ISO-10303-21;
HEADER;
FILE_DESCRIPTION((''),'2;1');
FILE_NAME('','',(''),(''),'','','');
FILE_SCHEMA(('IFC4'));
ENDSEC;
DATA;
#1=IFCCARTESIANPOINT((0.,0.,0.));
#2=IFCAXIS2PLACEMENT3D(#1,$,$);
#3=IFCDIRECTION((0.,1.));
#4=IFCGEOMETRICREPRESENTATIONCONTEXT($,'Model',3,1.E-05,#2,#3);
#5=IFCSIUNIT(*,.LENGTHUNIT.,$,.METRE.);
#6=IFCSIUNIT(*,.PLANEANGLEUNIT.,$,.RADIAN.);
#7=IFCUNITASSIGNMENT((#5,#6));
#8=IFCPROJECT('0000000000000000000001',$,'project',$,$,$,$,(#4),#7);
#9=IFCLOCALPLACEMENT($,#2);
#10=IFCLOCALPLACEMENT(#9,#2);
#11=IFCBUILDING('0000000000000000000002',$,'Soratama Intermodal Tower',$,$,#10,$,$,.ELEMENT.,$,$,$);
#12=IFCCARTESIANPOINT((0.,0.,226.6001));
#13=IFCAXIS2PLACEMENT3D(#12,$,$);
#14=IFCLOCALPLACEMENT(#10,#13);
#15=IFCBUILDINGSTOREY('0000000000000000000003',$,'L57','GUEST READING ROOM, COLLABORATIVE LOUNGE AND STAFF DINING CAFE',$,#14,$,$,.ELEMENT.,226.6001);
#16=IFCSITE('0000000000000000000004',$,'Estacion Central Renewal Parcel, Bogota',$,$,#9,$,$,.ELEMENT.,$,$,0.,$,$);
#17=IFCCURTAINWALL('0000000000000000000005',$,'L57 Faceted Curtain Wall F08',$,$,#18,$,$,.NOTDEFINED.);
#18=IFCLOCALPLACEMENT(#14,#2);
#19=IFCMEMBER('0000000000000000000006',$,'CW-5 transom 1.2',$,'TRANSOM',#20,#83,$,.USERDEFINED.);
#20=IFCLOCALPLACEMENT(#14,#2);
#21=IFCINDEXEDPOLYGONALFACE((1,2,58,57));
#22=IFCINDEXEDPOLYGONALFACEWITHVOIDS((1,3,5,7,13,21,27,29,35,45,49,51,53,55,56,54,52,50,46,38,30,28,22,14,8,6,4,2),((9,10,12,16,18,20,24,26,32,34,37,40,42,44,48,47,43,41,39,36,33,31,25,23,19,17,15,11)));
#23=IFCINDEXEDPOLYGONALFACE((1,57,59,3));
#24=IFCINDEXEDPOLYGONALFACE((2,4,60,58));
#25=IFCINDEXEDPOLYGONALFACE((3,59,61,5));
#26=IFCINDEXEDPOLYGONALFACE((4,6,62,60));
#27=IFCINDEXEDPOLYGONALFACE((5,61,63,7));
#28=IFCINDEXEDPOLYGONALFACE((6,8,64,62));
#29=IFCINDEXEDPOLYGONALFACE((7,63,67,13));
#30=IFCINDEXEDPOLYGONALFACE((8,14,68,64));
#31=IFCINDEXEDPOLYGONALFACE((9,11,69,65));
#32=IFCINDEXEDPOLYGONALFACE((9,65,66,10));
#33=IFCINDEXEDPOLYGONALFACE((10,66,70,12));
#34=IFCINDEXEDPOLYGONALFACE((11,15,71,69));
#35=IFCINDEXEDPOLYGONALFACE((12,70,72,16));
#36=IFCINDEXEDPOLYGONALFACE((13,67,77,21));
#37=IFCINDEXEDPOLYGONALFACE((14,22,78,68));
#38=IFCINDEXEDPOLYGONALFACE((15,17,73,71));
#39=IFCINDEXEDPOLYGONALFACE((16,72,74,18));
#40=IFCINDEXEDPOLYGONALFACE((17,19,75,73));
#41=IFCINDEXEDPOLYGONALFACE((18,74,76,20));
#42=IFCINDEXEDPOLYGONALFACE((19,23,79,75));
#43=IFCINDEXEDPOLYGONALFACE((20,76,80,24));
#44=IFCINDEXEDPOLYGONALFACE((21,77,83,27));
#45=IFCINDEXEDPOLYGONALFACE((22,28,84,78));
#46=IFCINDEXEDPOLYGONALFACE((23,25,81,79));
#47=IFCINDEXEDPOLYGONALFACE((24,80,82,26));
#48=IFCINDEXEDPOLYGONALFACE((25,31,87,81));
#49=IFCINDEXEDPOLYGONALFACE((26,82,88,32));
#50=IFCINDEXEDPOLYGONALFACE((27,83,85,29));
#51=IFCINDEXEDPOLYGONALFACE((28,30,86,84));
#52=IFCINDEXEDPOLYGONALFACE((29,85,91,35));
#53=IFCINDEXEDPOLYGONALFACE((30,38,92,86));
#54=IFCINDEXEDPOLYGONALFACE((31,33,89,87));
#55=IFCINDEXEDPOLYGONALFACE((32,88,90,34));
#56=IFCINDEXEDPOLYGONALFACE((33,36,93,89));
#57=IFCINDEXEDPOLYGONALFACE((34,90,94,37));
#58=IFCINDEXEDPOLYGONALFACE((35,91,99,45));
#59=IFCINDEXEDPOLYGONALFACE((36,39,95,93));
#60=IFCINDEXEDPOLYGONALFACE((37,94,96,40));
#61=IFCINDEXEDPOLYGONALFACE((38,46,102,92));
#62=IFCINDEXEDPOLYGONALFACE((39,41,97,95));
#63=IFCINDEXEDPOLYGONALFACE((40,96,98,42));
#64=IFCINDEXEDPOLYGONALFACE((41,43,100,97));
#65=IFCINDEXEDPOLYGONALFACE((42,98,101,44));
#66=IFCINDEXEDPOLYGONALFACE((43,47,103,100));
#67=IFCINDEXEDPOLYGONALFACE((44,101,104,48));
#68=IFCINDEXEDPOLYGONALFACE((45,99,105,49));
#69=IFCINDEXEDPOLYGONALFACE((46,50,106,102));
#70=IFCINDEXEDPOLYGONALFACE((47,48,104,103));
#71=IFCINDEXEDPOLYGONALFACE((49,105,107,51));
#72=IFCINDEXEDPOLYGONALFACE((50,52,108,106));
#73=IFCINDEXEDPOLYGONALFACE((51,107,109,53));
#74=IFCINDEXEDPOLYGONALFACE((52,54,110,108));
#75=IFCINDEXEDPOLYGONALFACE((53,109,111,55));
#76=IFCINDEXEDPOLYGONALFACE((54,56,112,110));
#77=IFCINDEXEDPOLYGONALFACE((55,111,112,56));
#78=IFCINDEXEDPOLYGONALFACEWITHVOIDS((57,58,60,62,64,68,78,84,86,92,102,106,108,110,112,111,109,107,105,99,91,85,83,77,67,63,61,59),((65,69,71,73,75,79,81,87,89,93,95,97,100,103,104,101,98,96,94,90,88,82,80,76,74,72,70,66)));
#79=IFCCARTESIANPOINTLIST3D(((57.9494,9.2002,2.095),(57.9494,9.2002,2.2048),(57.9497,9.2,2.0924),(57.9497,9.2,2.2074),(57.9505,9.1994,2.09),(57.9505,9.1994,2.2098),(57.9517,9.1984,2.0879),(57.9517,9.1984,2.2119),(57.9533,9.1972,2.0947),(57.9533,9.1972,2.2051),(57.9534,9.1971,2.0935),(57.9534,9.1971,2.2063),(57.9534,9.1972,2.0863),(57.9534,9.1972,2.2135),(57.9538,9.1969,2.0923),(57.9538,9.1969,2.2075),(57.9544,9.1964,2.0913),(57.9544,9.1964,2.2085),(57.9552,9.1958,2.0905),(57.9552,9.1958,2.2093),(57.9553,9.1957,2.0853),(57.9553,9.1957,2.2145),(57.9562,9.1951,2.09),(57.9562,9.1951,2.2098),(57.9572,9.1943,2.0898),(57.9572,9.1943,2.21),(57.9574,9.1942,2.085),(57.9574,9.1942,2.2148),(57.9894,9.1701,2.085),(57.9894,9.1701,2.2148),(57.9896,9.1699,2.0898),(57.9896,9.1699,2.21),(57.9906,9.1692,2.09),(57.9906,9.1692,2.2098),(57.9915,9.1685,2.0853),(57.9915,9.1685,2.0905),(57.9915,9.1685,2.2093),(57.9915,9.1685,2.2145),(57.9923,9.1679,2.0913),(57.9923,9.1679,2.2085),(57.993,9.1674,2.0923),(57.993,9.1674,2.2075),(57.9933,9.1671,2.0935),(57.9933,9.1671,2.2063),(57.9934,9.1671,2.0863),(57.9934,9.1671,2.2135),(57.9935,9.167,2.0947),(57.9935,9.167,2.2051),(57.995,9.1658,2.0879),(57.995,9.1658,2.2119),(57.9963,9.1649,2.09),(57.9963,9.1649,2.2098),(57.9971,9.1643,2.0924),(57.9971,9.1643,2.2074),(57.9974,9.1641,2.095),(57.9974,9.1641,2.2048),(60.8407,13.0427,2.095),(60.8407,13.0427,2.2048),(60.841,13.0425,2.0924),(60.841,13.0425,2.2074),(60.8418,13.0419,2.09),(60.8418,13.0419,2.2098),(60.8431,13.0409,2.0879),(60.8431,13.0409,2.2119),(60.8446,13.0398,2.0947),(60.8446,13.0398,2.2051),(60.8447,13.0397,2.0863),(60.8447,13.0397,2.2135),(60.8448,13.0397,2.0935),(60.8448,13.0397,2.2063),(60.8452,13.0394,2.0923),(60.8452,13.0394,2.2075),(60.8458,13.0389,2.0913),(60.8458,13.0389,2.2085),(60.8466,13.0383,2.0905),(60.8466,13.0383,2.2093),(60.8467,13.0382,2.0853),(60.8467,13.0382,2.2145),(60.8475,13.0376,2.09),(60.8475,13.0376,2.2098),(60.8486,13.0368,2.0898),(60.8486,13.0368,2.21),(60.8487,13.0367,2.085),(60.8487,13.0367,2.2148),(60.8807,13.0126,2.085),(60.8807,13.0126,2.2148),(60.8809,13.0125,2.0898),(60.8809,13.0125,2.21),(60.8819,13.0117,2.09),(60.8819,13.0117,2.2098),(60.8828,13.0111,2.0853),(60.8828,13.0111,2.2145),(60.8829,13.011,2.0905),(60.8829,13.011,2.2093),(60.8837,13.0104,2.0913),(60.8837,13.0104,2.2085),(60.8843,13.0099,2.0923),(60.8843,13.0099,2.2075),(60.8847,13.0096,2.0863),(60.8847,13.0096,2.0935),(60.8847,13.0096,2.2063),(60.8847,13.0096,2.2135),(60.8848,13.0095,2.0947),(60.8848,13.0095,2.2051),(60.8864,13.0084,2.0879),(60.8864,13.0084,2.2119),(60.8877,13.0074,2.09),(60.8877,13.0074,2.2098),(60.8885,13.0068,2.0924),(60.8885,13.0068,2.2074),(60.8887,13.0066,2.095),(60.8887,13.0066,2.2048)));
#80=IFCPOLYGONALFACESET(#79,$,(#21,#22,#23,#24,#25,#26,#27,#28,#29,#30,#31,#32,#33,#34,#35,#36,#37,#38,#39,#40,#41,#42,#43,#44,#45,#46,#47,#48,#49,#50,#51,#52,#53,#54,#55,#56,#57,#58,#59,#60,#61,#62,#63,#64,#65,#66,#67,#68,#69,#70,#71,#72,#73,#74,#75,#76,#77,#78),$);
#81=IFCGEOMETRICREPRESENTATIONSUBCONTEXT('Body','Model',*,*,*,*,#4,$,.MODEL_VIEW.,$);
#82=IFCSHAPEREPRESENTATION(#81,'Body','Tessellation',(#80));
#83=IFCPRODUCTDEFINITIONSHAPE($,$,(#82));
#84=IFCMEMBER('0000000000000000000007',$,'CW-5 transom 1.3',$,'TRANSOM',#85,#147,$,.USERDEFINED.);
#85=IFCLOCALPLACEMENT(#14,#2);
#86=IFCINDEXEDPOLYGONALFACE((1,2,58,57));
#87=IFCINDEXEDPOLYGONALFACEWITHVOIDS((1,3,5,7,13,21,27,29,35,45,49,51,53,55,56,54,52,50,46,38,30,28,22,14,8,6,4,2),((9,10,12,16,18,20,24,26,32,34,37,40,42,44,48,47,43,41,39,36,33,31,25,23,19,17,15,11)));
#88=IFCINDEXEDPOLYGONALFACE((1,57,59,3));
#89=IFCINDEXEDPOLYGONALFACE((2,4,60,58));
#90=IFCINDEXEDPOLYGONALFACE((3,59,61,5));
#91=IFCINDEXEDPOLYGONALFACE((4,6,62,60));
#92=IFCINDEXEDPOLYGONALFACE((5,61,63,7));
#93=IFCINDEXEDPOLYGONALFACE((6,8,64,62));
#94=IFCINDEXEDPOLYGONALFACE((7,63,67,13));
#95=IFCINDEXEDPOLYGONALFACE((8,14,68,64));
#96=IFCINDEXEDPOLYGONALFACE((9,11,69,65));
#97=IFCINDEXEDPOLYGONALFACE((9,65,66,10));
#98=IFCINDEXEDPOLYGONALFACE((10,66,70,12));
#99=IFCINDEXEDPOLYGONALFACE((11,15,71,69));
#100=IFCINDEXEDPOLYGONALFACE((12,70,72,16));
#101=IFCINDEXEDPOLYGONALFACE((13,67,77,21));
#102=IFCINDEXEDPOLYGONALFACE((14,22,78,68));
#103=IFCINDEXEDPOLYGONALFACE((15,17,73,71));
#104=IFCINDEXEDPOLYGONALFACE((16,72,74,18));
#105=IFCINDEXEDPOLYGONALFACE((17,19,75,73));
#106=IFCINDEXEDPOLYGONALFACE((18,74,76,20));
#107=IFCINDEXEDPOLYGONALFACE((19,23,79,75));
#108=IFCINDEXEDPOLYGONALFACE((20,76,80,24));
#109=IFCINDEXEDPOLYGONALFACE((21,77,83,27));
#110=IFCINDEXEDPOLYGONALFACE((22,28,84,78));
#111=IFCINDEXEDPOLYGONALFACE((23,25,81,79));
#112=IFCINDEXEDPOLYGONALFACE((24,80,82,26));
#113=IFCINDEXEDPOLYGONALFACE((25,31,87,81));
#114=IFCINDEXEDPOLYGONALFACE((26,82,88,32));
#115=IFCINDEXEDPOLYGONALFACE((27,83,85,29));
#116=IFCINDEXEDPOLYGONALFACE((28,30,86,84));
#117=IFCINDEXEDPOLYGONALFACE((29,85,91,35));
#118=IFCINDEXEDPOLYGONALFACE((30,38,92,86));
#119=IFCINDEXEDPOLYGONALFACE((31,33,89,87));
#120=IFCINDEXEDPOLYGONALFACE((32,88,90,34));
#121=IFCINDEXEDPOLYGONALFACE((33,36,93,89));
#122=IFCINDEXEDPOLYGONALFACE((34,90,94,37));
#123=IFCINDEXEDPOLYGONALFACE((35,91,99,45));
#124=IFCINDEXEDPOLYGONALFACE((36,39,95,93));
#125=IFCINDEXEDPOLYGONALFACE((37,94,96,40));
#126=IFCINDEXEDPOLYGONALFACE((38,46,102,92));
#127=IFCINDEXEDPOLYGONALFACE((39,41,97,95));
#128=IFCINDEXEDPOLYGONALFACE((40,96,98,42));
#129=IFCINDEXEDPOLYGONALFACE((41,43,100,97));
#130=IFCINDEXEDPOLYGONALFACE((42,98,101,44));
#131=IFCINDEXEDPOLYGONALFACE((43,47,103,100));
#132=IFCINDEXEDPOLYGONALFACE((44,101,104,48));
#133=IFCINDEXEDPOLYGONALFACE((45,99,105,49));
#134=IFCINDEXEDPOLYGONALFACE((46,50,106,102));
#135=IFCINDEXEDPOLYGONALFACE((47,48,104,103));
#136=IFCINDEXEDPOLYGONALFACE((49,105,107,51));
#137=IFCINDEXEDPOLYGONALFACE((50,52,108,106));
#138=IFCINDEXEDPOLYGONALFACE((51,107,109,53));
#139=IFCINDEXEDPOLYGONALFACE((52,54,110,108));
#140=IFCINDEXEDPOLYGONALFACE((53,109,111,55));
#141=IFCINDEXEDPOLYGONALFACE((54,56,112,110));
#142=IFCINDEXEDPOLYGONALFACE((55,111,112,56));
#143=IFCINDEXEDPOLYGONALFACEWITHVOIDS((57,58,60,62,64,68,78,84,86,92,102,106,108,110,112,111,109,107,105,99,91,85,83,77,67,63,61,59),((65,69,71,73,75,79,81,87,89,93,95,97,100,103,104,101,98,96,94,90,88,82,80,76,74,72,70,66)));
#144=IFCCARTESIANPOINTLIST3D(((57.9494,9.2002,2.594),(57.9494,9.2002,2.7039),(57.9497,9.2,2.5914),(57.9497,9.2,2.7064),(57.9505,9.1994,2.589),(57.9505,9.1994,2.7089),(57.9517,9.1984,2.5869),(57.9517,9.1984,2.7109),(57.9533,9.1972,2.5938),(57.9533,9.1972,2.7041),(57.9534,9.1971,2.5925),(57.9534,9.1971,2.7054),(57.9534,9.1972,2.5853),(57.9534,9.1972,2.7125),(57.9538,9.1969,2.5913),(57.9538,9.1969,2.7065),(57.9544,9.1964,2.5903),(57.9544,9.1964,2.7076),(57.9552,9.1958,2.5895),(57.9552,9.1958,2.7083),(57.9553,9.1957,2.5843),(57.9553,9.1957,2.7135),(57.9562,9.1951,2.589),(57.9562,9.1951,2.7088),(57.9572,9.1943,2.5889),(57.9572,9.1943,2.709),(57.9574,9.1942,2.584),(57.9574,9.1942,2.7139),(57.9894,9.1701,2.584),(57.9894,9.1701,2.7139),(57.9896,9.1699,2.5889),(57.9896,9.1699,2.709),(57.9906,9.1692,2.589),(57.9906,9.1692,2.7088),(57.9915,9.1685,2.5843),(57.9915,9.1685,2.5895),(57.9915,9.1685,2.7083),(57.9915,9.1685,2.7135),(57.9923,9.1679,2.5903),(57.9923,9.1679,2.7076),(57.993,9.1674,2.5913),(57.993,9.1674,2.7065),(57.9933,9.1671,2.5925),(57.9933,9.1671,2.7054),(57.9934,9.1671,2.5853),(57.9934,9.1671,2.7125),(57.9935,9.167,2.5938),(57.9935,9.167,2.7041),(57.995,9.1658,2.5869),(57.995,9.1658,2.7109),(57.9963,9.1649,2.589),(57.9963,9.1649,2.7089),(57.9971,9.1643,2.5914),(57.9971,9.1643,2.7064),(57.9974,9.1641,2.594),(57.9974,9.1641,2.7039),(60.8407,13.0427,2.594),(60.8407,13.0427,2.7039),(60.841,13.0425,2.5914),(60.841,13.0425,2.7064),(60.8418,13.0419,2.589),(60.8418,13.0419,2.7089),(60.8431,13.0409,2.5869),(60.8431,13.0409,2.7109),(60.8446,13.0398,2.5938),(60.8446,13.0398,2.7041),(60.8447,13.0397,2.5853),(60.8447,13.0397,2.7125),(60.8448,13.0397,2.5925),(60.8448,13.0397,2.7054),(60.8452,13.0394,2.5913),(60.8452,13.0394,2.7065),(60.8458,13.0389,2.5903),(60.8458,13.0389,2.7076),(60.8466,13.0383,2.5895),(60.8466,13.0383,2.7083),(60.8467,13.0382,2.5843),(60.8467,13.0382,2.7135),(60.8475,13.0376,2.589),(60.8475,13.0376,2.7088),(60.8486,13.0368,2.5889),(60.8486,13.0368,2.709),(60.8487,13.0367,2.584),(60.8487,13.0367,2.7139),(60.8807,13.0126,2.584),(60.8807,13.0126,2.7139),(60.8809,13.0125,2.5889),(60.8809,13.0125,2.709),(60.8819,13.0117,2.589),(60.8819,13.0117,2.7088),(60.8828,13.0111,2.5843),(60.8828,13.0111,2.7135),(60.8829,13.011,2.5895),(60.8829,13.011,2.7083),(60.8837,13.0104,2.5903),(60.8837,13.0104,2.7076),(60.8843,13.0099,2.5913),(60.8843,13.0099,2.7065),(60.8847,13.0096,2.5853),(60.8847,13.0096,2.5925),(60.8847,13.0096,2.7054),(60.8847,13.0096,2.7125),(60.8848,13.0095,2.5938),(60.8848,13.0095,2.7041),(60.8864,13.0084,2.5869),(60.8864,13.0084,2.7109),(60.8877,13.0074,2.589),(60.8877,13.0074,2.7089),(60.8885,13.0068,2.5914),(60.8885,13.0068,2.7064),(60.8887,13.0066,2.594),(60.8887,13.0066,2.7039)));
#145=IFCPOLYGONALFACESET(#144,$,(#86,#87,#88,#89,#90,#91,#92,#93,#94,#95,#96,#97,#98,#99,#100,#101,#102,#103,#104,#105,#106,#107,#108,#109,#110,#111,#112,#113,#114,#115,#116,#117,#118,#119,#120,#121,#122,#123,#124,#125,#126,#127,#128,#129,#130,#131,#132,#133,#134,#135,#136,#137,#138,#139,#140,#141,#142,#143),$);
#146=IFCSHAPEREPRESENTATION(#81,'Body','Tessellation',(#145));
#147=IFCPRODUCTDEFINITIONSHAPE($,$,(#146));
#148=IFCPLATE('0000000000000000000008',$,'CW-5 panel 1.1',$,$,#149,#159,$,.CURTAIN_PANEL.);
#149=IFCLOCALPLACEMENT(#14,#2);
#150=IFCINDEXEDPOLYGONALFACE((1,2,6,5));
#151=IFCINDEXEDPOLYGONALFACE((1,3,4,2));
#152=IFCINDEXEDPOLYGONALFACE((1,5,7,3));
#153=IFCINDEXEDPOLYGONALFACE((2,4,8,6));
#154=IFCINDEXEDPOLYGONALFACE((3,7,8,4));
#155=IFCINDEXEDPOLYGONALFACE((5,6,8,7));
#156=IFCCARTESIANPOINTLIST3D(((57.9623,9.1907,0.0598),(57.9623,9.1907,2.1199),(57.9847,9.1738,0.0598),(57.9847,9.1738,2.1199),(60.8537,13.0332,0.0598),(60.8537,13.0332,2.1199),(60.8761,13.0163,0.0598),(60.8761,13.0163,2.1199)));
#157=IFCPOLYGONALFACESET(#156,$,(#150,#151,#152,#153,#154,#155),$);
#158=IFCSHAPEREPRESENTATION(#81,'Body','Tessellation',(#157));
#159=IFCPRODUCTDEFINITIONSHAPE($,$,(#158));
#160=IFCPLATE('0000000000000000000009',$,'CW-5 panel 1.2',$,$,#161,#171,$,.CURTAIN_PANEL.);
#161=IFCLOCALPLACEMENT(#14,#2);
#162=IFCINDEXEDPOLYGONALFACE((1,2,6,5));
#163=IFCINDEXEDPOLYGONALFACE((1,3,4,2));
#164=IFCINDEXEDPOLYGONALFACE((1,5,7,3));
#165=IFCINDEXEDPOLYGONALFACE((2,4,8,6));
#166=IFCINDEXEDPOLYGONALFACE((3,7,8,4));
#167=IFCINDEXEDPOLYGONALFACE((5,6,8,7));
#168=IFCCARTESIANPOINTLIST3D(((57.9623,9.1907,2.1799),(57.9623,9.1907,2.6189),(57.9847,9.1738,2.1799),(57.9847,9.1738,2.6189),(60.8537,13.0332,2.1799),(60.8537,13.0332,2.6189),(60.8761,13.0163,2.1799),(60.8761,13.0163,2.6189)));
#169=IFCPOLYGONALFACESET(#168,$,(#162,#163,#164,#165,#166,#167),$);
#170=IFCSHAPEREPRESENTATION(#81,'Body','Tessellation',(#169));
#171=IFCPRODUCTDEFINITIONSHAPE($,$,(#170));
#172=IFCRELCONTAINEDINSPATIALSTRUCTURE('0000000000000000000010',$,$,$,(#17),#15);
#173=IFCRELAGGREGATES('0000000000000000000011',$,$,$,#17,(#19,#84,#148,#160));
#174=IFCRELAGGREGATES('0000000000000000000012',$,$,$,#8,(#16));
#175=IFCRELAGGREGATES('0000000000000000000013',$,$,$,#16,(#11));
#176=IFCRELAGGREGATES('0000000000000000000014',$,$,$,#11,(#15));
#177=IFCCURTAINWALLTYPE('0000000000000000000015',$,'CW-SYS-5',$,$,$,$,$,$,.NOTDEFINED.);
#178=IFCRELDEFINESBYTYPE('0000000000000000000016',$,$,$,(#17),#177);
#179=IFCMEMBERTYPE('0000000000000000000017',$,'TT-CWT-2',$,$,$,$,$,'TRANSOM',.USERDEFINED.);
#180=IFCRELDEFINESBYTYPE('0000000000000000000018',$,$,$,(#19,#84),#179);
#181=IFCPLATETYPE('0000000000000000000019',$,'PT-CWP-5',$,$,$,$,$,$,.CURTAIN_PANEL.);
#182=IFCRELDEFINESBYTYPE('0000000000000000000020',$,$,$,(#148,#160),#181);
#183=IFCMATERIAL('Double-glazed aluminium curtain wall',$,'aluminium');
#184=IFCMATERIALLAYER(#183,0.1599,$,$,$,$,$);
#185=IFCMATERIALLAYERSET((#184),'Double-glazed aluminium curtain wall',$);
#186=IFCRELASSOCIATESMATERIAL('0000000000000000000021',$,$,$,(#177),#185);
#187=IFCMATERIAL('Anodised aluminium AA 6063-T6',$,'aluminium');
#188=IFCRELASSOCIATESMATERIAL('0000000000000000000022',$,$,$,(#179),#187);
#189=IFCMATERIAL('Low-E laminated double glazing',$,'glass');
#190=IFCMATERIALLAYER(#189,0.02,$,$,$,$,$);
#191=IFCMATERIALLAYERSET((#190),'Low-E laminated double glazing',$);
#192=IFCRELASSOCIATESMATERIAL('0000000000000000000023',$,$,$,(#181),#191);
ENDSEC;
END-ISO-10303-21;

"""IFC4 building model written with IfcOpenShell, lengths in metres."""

from ifc_helpers import new_model, si_unit, direction, frame, origin, origin_2d, place, context, subcontext, project, spatial, rectangle, hollow_rectangle, extrude, material, layer, layer_set, material_profile, profile_set, type_object, element, aggregate, save


model = new_model("IFC4")

# Units and contexts
model_context = context("Model", 3, precision=1e-05, world=origin(), true_north=direction((0.0, 1.0)))
body_context = subcontext(model_context, "Body", "Model", "MODEL_VIEW")
ifc_project = project(units=[si_unit("LENGTHUNIT", "METRE"), si_unit("PLANEANGLEUNIT", "RADIAN")], contexts=[model_context])

# Site, building, storey
site_placement = place(None, origin())
site = spatial("IfcSite", under=ifc_project, at=site_placement, Name="Estacion Central Renewal Parcel, Bogota", CompositionType="ELEMENT", RefElevation=0.0)
building_placement = place(site_placement, origin())
building = spatial("IfcBuilding", under=site, at=building_placement, Name="Soratama Intermodal Tower", CompositionType="ELEMENT")
storey_placement = place(building_placement, frame((0.0, 0.0, 226.6001)))
storey = spatial("IfcBuildingStorey", under=building, at=storey_placement, Name="L57", Description="GUEST READING ROOM, COLLABORATIVE LOUNGE AND STAFF DINING CAFE", CompositionType="ELEMENT", Elevation=226.6001)

# Curtain wall, members, plates
ifc_material_1 = material(Name="Double-glazed aluminium curtain wall", Category="aluminium")
ifc_layer_1 = layer(ifc_material_1, 0.1599)
ifc_layer_set_1 = layer_set([ifc_layer_1], Name="Double-glazed aluminium curtain wall")
curtain_wall_type = type_object("IfcCurtainWallType", Name="CW-SYS-5", PredefinedType="NOTDEFINED", material=ifc_layer_set_1)
curtain_wall_placement = place(storey_placement, origin())
curtain_wall = element("IfcCurtainWall", 1, at=curtain_wall_placement, inside=storey, type_object=curtain_wall_type, Name="L57 Faceted Curtain Wall F08", PredefinedType="NOTDEFINED")
ifc_material_2 = material(Name="Anodised aluminium AA 6063-T6", Category="aluminium")
ifc_material_profile_1 = material_profile(ifc_material_2, hollow_rectangle(XDim=0.0601, YDim=0.1299, WallThickness=0.0049, InnerFilletRadius=0.0049, OuterFilletRadius=0.01, at=origin_2d()), Name="CWT130X60X5")
ifc_profile_set_1 = profile_set([ifc_material_profile_1], Name="Anodised aluminium AA 6063-T6")
member_type_1 = type_object("IfcMemberType", Name="TT-CWT-2", ElementType="TRANSOM", PredefinedType="USERDEFINED", material=ifc_profile_set_1)
member_1_placement = place(storey_placement, frame((57.9734, 9.1821, 2.1499), z_axis=(0.601258, 0.799055, 0.0), x_axis=(-0.799055, 0.601258, 0.0)))
member_1 = element("IfcMember", 2, at=member_1_placement, type_object=member_type_1, Name="CW-5 transom 1.2", ObjectType="TRANSOM", PredefinedType="USERDEFINED", context=body_context, shape_type="SweptSolid", body=[
    extrude(hollow_rectangle(XDim=0.0601, YDim=0.1299, WallThickness=0.0049, InnerFilletRadius=0.0049, OuterFilletRadius=0.01, at=origin_2d()), origin(), (0.0, 0.0, 1.0), 4.8088),
])
member_2_placement = place(storey_placement, frame((57.9734, 9.1821, 2.6489), z_axis=(0.601258, 0.799055, 0.0), x_axis=(-0.799055, 0.601258, 0.0)))
member_2 = element("IfcMember", 3, at=member_2_placement, type_object=member_type_1, Name="CW-5 transom 1.3", ObjectType="TRANSOM", PredefinedType="USERDEFINED", context=body_context, shape_type="SweptSolid", body=[
    extrude(hollow_rectangle(XDim=0.0601, YDim=0.1299, WallThickness=0.0049, InnerFilletRadius=0.0049, OuterFilletRadius=0.01, at=origin_2d()), origin(), (0.0, 0.0, 1.0), 4.8088),
])
ifc_material_3 = material(Name="Low-E laminated double glazing", Category="glass")
ifc_layer_2 = layer(ifc_material_3, 0.02)
ifc_layer_set_2 = layer_set([ifc_layer_2], Name="Low-E laminated double glazing")
plate_type = type_object("IfcPlateType", Name="PT-CWP-5", PredefinedType="CURTAIN_PANEL", material=ifc_layer_set_2)
plate_1_placement = place(storey_placement, frame((59.4192, 11.1035, 0.0598), z_axis=(0.0, 0.0, 1.0), x_axis=(0.601262, 0.799052, 0.0)))
plate_1 = element("IfcPlate", 4, at=plate_1_placement, type_object=plate_type, Name="CW-5 panel 1.1", PredefinedType="CURTAIN_PANEL", context=body_context, shape_type="SweptSolid", body=[
    extrude(rectangle(XDim=4.8088, YDim=0.0281, at=origin_2d()), origin(), (0.0, 0.0, 1.0), 2.0601),
])
plate_2_placement = place(storey_placement, frame((59.4192, 11.1035, 2.1799), z_axis=(0.0, 0.0, 1.0), x_axis=(0.601262, 0.799052, 0.0)))
plate_2 = element("IfcPlate", 5, at=plate_2_placement, type_object=plate_type, Name="CW-5 panel 1.2", PredefinedType="CURTAIN_PANEL", context=body_context, shape_type="SweptSolid", body=[
    extrude(rectangle(XDim=4.8088, YDim=0.0281, at=origin_2d()), origin(), (0.0, 0.0, 1.0), 0.439),
])
aggregate(curtain_wall, [member_1, member_2, plate_1, plate_2])

save(model, "model.ifc")
